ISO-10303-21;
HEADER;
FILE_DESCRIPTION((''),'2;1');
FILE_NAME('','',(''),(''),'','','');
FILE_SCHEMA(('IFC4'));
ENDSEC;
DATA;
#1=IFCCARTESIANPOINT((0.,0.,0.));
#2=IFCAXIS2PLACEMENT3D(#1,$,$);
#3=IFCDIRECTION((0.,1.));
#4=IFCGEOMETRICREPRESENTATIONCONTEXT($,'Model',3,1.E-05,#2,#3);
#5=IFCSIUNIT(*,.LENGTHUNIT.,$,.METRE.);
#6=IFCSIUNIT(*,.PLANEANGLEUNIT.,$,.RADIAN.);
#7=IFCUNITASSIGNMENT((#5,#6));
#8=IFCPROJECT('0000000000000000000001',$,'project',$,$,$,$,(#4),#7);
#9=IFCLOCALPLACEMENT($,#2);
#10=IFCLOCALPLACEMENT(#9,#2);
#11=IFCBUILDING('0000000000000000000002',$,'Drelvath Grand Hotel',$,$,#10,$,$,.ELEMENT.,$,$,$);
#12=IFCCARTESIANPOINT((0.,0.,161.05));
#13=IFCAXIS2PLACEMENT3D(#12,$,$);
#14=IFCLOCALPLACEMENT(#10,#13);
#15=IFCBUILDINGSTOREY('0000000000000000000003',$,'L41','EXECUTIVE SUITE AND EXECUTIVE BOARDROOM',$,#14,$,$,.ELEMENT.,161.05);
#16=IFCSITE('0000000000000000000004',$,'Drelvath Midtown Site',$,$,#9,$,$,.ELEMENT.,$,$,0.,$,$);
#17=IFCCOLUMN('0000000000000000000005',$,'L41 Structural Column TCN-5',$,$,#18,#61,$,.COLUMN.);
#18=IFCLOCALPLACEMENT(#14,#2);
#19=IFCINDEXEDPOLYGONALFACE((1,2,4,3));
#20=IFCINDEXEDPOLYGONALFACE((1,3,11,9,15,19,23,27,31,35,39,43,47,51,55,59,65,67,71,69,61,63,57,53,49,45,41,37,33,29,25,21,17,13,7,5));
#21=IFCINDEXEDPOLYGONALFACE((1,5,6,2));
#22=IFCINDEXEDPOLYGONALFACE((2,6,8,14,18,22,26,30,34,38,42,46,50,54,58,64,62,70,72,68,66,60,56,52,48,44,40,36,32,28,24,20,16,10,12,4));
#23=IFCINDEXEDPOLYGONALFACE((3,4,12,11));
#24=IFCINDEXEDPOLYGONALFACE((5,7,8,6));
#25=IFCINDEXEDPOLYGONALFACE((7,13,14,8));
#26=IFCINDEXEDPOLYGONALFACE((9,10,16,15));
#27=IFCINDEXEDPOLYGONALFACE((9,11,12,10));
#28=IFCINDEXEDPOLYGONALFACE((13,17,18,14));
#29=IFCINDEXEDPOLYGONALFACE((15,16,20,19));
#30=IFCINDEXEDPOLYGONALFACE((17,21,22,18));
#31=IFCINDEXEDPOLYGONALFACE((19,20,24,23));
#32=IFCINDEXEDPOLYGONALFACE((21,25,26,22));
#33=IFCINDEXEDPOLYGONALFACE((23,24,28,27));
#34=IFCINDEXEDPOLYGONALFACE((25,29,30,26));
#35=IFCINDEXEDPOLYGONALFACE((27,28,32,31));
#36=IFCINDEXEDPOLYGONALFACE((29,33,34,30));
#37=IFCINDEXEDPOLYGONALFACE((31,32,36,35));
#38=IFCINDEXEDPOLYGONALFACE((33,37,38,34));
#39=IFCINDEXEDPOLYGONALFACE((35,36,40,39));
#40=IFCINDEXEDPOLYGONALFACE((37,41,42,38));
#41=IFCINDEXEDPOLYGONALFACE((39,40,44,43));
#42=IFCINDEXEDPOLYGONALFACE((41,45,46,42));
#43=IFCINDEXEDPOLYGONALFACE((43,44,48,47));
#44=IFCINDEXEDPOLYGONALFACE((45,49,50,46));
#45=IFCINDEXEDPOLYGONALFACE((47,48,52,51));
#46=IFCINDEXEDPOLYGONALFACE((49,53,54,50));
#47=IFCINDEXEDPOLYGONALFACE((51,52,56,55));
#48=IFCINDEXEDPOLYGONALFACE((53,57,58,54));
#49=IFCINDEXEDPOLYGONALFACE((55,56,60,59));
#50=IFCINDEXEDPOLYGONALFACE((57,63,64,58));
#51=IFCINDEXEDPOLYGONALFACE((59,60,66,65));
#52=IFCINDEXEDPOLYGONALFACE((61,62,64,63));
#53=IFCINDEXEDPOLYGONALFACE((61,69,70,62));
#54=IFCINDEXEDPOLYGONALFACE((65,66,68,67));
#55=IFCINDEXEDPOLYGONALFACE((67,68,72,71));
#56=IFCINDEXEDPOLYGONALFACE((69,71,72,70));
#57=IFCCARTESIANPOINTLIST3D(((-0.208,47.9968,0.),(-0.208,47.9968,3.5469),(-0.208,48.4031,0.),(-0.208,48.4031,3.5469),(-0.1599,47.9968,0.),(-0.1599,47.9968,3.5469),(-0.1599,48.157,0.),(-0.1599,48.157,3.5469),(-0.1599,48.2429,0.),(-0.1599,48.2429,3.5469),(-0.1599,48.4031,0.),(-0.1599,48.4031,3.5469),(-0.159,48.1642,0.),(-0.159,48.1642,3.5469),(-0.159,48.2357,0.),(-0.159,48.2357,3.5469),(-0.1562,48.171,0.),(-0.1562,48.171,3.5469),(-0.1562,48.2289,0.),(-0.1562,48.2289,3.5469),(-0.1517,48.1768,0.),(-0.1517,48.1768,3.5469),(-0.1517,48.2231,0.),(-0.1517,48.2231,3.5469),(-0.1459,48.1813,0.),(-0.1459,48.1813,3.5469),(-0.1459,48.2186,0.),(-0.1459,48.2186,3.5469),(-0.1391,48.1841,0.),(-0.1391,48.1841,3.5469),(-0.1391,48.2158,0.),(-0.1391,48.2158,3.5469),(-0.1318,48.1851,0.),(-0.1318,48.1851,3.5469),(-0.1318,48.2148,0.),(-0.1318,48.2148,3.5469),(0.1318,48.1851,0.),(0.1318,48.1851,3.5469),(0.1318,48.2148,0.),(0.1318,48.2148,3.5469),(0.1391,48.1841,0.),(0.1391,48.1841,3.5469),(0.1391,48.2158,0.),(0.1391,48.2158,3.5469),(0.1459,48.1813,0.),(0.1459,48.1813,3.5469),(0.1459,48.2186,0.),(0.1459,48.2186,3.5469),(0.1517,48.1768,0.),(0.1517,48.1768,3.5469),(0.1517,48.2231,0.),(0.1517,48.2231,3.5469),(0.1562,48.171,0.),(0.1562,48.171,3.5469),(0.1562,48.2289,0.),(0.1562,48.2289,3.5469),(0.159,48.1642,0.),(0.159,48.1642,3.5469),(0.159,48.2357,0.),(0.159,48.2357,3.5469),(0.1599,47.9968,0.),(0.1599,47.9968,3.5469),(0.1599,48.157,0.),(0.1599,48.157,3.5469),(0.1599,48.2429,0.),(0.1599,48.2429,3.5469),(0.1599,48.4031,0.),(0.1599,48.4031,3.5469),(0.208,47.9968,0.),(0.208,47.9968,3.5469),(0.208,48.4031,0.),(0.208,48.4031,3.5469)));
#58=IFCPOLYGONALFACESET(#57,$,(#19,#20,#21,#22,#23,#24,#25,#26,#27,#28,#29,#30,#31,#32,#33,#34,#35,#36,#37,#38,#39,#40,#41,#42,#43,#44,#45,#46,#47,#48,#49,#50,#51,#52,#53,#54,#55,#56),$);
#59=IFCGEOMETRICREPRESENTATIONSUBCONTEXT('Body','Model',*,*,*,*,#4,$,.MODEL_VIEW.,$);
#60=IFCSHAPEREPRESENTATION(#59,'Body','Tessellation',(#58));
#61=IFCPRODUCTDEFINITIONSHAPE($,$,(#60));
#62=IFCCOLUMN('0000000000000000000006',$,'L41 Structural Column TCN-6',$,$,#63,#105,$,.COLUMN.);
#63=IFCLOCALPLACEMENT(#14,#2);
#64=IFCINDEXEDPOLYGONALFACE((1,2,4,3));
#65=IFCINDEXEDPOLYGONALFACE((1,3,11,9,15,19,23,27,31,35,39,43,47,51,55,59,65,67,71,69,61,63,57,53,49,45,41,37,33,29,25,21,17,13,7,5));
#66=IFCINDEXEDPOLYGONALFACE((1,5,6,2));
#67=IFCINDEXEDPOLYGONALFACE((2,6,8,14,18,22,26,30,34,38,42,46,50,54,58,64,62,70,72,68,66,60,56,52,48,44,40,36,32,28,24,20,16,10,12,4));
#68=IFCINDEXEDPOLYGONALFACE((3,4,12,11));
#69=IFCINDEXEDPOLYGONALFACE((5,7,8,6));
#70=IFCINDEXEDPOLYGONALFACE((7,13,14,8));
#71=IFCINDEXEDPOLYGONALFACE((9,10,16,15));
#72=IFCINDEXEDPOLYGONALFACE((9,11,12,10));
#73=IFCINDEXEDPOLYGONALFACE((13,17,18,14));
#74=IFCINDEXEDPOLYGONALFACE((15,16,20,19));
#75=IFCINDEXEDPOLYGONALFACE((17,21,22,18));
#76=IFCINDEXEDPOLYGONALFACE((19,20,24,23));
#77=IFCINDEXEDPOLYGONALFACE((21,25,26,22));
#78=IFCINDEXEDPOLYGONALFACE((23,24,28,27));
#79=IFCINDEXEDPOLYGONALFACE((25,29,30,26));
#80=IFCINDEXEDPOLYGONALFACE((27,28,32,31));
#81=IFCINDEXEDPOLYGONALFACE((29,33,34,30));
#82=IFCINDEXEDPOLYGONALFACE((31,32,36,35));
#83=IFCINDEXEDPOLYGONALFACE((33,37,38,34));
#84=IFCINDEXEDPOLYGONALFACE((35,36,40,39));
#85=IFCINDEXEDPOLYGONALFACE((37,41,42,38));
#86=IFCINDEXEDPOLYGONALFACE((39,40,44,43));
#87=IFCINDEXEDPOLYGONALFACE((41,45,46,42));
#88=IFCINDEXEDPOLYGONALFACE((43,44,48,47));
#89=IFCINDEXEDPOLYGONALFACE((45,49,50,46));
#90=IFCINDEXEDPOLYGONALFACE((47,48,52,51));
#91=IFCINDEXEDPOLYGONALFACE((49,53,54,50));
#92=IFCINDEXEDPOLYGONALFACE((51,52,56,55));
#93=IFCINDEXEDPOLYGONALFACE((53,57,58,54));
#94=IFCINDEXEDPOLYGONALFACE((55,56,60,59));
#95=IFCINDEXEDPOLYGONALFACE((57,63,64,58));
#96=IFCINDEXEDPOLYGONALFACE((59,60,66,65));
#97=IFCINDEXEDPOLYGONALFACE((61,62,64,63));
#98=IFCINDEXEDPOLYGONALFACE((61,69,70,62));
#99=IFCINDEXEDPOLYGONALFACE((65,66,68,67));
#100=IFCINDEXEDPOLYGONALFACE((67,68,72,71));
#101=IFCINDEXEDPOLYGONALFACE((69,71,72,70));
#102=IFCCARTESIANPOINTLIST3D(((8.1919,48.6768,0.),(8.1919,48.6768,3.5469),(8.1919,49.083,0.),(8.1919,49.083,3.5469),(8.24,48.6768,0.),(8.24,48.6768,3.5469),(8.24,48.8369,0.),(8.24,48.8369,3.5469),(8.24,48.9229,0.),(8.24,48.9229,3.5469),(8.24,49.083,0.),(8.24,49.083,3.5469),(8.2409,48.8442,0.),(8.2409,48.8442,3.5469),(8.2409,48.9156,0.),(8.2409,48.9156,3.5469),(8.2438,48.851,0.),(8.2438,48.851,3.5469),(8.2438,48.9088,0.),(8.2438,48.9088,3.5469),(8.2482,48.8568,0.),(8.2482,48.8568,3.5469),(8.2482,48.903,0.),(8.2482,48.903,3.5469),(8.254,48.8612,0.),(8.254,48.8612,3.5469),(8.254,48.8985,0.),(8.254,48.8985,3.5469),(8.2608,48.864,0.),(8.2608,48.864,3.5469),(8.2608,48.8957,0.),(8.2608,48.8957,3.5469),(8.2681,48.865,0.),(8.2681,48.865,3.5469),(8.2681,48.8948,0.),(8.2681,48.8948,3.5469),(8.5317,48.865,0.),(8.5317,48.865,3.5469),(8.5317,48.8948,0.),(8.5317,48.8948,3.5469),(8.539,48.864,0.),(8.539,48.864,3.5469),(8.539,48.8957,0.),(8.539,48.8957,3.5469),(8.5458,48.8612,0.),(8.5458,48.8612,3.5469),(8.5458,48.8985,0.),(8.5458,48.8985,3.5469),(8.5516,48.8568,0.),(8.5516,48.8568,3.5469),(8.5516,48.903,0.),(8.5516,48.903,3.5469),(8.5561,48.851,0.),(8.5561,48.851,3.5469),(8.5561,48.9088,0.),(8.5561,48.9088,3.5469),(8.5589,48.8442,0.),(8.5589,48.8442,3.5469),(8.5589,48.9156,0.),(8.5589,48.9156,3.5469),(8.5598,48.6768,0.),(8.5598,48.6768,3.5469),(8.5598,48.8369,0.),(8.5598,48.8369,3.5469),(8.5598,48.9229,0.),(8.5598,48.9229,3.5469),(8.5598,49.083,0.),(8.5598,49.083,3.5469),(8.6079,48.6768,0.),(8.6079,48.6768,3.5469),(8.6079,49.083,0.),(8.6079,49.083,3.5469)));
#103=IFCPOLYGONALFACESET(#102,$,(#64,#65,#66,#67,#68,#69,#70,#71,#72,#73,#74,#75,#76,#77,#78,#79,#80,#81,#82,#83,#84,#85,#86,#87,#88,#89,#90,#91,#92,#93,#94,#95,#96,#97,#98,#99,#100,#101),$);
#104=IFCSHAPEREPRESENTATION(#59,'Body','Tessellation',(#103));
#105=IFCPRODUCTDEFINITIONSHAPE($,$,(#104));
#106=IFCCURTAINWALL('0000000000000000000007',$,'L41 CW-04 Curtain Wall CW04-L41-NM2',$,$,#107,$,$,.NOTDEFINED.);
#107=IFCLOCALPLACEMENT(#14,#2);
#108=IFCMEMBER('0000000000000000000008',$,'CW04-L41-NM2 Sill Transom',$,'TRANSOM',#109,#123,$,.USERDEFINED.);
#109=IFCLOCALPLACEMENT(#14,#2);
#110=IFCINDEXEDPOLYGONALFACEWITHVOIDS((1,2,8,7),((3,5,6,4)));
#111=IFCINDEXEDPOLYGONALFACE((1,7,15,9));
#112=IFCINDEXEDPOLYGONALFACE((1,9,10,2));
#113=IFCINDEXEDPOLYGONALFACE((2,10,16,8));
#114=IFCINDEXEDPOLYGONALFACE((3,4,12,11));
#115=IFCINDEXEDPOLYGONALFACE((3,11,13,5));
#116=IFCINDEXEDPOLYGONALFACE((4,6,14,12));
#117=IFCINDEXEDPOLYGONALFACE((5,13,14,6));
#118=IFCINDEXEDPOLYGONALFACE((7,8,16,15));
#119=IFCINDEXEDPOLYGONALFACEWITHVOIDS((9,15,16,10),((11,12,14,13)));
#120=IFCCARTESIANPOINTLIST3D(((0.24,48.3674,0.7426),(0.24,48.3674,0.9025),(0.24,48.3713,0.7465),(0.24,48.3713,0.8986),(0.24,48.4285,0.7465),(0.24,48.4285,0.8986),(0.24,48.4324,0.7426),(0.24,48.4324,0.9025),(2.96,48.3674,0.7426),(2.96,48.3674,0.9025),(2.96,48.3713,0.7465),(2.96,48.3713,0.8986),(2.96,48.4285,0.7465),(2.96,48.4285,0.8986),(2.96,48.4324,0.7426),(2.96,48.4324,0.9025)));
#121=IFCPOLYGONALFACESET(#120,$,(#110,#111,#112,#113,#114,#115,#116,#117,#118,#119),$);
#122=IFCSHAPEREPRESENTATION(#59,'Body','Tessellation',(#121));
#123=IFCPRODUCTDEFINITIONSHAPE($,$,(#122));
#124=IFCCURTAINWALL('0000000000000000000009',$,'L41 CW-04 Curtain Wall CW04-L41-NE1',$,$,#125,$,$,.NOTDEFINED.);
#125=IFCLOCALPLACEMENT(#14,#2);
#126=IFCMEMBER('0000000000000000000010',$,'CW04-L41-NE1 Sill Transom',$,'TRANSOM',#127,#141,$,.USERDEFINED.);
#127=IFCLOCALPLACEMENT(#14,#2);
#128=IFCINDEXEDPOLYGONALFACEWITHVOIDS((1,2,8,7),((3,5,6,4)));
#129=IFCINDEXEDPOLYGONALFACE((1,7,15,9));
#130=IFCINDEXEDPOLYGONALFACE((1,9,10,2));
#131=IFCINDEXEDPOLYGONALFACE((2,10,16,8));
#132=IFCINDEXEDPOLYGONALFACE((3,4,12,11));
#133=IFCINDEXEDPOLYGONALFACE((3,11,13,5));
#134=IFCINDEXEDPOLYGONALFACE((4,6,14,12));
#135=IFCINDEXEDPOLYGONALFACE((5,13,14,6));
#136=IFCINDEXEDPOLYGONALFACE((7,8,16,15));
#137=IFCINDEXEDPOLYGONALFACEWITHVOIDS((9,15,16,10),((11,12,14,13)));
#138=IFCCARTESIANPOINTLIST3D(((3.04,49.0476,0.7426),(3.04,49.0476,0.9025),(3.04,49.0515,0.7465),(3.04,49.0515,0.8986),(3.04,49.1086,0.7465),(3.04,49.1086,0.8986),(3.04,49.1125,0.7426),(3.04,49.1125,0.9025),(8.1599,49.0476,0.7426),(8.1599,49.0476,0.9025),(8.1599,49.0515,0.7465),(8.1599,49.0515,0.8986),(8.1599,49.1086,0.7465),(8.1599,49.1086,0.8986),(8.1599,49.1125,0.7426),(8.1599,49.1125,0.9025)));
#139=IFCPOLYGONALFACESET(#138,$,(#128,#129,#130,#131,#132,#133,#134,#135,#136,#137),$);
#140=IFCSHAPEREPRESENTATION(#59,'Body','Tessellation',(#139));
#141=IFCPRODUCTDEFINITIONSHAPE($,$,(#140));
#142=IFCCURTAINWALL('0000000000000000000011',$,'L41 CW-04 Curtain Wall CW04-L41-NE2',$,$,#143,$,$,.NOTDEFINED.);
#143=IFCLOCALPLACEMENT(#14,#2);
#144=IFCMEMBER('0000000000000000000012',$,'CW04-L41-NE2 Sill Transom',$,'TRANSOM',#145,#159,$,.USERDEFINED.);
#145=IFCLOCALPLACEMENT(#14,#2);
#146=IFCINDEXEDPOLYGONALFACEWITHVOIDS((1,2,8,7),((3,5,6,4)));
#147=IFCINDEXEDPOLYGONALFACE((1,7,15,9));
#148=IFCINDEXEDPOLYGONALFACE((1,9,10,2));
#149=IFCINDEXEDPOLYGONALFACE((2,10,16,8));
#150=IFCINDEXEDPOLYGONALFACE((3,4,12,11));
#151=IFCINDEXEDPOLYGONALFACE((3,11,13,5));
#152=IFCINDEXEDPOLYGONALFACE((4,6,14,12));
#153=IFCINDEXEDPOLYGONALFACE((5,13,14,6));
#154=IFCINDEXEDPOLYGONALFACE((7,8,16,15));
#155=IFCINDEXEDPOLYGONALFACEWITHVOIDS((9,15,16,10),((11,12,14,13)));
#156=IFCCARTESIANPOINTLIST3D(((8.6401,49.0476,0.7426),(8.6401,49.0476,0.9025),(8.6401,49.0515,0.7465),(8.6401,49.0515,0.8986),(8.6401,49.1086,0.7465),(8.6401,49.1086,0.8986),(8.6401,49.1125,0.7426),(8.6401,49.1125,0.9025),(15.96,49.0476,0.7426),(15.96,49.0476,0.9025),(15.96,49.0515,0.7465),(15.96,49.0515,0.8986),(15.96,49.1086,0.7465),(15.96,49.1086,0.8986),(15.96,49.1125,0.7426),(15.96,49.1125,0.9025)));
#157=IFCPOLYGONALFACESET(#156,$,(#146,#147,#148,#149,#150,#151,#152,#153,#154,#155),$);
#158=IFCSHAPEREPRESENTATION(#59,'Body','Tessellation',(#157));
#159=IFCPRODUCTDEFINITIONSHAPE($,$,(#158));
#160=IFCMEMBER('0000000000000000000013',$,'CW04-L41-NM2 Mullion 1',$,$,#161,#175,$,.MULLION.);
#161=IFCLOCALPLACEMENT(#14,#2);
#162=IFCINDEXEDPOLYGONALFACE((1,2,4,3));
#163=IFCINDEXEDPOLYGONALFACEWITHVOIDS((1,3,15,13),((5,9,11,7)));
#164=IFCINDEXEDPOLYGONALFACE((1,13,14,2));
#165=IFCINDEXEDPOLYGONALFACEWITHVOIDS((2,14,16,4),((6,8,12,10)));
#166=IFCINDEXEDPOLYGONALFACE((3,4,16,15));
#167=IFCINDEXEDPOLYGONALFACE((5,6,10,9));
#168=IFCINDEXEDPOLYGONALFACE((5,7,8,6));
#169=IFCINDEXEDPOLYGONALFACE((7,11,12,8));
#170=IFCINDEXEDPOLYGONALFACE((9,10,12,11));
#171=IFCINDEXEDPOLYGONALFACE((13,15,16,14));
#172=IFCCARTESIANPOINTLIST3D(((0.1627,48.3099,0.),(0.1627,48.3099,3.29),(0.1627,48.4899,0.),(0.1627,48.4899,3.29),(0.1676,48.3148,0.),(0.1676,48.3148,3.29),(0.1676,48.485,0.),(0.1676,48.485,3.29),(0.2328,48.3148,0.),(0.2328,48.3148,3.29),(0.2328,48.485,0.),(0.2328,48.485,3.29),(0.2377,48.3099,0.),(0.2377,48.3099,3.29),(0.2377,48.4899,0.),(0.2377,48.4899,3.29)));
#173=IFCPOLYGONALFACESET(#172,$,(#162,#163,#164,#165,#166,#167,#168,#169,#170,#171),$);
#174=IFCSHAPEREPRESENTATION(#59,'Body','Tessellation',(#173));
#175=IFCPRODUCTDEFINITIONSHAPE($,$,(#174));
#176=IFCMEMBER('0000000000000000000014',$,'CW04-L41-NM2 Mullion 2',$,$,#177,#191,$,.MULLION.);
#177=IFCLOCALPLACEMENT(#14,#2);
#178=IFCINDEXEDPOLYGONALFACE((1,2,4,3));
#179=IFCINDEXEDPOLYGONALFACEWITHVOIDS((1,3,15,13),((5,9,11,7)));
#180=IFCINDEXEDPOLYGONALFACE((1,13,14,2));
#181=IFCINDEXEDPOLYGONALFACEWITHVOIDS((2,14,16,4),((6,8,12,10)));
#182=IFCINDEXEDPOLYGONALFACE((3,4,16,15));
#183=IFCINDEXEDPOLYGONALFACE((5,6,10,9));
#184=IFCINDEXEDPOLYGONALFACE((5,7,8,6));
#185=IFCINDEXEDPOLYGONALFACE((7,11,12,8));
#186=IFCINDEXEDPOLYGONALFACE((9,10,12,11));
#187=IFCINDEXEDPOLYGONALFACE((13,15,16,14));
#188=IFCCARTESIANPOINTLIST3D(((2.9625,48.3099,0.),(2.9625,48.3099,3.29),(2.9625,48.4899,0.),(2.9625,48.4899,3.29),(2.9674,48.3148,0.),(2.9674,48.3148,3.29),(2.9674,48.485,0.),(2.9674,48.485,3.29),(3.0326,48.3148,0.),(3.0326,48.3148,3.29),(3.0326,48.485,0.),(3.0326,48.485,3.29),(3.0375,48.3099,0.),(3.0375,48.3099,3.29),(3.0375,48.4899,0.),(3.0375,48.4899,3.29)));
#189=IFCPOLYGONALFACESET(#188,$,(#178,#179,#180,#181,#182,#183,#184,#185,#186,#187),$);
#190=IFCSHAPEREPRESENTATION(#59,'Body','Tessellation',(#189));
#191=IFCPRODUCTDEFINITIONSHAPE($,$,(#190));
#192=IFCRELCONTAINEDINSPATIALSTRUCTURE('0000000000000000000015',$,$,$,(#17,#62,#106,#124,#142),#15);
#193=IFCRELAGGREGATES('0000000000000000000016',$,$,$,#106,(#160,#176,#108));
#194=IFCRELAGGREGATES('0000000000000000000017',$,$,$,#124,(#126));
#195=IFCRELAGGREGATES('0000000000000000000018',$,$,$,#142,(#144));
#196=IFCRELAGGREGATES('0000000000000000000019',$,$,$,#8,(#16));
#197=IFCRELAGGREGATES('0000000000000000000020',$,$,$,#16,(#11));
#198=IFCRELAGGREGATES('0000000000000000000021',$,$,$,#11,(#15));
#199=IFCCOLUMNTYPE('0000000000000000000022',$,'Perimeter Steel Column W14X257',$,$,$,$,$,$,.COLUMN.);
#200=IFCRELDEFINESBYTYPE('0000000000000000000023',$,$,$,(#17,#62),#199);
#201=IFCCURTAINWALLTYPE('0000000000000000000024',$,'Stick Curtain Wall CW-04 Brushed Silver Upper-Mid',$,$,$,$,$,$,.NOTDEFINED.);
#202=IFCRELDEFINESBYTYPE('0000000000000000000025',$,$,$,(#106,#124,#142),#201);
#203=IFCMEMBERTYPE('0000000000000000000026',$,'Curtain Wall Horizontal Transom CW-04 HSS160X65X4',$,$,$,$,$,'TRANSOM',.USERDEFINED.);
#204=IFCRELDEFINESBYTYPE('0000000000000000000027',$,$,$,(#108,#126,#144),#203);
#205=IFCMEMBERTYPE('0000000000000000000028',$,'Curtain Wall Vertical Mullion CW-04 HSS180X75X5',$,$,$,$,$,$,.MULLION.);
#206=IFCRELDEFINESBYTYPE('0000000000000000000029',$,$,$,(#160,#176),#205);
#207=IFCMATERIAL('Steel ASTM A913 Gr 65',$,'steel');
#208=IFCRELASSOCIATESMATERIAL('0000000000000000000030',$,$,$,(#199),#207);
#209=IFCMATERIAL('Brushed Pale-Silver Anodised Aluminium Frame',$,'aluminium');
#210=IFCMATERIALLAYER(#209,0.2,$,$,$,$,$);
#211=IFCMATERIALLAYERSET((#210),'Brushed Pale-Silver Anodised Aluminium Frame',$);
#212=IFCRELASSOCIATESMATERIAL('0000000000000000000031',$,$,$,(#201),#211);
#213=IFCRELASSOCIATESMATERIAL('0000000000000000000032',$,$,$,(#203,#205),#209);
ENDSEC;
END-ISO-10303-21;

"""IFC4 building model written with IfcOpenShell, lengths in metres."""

from ifc_helpers import new_model, si_unit, direction, frame, origin, origin_2d, place, context, subcontext, project, spatial, hollow_rectangle, i_section, extrude, material, layer, layer_set, material_profile, profile_set, type_object, element, aggregate, save


model = new_model("IFC4")

# Units and contexts
model_context = context("Model", 3, precision=1e-05, world=origin(), true_north=direction((0.0, 1.0)))
body_context = subcontext(model_context, "Body", "Model", "MODEL_VIEW")
ifc_project = project(units=[si_unit("LENGTHUNIT", "METRE"), si_unit("PLANEANGLEUNIT", "RADIAN")], contexts=[model_context])

# Site, building, storey
site_placement = place(None, origin())
site = spatial("IfcSite", under=ifc_project, at=site_placement, Name="Drelvath Midtown Site", CompositionType="ELEMENT", RefElevation=0.0)
building_placement = place(site_placement, origin())
building = spatial("IfcBuilding", under=site, at=building_placement, Name="Drelvath Grand Hotel", CompositionType="ELEMENT")
storey_placement = place(building_placement, frame((0.0, 0.0, 161.05)))
storey = spatial("IfcBuildingStorey", under=building, at=storey_placement, Name="L41", Description="EXECUTIVE SUITE AND EXECUTIVE BOARDROOM", CompositionType="ELEMENT", Elevation=161.05)

# Columns
ifc_material_1 = material(Name="Steel ASTM A913 Gr 65", Category="steel")
ifc_material_profile_1 = material_profile(ifc_material_1, i_section(OverallWidth=0.4062, OverallDepth=0.416, WebThickness=0.0298, FlangeThickness=0.0481, FilletRadius=0.0281, at=origin_2d()), Name="W14X257")
ifc_profile_set_1 = profile_set([ifc_material_profile_1], Name="Steel ASTM A913 Gr 65")
column_type = type_object("IfcColumnType", Name="Perimeter Steel Column W14X257", PredefinedType="COLUMN", material=ifc_profile_set_1)
for number, where, z_axis, x_axis, name in (
    (1, (0.0, 48.2, 0.0), (0.0, 0.0, 1.0), (0.0, 1.0, 0.0), "L41 Structural Column TCN-5"),
    (2, (8.3999, 48.8799, 0.0), (0.0, 0.0, 1.0), (0.0, 1.0, 0.0), "L41 Structural Column TCN-6"),
):
    element("IfcColumn", number, at=place(storey_placement, frame(where, z_axis=z_axis, x_axis=x_axis)), inside=storey, type_object=column_type, Name=name, PredefinedType="COLUMN", context=body_context, shape_type="SweptSolid", body=[
        extrude(i_section(OverallWidth=0.4062, OverallDepth=0.416, WebThickness=0.0298, FlangeThickness=0.0481, FilletRadius=0.0281, at=origin_2d()), origin(), (0.0, 0.0, 1.0), 3.5469),
    ])

# Curtain walls, members
ifc_material_2 = material(Name="Brushed Pale-Silver Anodised Aluminium Frame", Category="aluminium")
ifc_layer_1 = layer(ifc_material_2, 0.2)
ifc_layer_set_1 = layer_set([ifc_layer_1], Name="Brushed Pale-Silver Anodised Aluminium Frame")
curtain_wall_type = type_object("IfcCurtainWallType", Name="Stick Curtain Wall CW-04 Brushed Silver Upper-Mid", PredefinedType="NOTDEFINED", material=ifc_layer_set_1)
curtain_wall_1_placement = place(storey_placement, origin())
curtain_wall_1 = element("IfcCurtainWall", 3, at=curtain_wall_1_placement, inside=storey, type_object=curtain_wall_type, Name="L41 CW-04 Curtain Wall CW04-L41-NM2", PredefinedType="NOTDEFINED")
ifc_material_profile_2 = material_profile(ifc_material_2, hollow_rectangle(XDim=0.0649, YDim=0.1599, WallThickness=0.0039, at=origin_2d()), Name="HSS160X65X4")
ifc_profile_set_2 = profile_set([ifc_material_profile_2], Name="Brushed Pale-Silver Anodised Aluminium Frame")
member_type_1 = type_object("IfcMemberType", Name="Curtain Wall Horizontal Transom CW-04 HSS160X65X4", ElementType="TRANSOM", PredefinedType="USERDEFINED", material=ifc_profile_set_2)
member_1_placement = place(storey_placement, frame((0.24, 48.3999, 0.8225), z_axis=(1.0, 0.0, 0.0), x_axis=(0.0, 1.0, 0.0)))
member_1 = element("IfcMember", 4, at=member_1_placement, type_object=member_type_1, Name="CW04-L41-NM2 Sill Transom", ObjectType="TRANSOM", PredefinedType="USERDEFINED", context=body_context, shape_type="SweptSolid", body=[
    extrude(hollow_rectangle(XDim=0.0649, YDim=0.1599, WallThickness=0.0039, at=origin_2d()), origin(), (0.0, 0.0, 1.0), 2.72),
])
curtain_wall_2_placement = place(storey_placement, origin())
curtain_wall_2 = element("IfcCurtainWall", 5, at=curtain_wall_2_placement, inside=storey, type_object=curtain_wall_type, Name="L41 CW-04 Curtain Wall CW04-L41-NE1", PredefinedType="NOTDEFINED")
member_2_placement = place(storey_placement, frame((3.04, 49.0801, 0.8225), z_axis=(1.0, 0.0, 0.0), x_axis=(0.0, 1.0, 0.0)))
member_2 = element("IfcMember", 6, at=member_2_placement, type_object=member_type_1, Name="CW04-L41-NE1 Sill Transom", ObjectType="TRANSOM", PredefinedType="USERDEFINED", context=body_context, shape_type="SweptSolid", body=[
    extrude(hollow_rectangle(XDim=0.0649, YDim=0.1599, WallThickness=0.0039, at=origin_2d()), origin(), (0.0, 0.0, 1.0), 5.1199),
])
curtain_wall_3_placement = place(storey_placement, origin())
curtain_wall_3 = element("IfcCurtainWall", 7, at=curtain_wall_3_placement, inside=storey, type_object=curtain_wall_type, Name="L41 CW-04 Curtain Wall CW04-L41-NE2", PredefinedType="NOTDEFINED")
member_3_placement = place(storey_placement, frame((8.6401, 49.0801, 0.8225), z_axis=(1.0, 0.0, 0.0), x_axis=(0.0, 1.0, 0.0)))
member_3 = element("IfcMember", 8, at=member_3_placement, type_object=member_type_1, Name="CW04-L41-NE2 Sill Transom", ObjectType="TRANSOM", PredefinedType="USERDEFINED", context=body_context, shape_type="SweptSolid", body=[
    extrude(hollow_rectangle(XDim=0.0649, YDim=0.1599, WallThickness=0.0039, at=origin_2d()), origin(), (0.0, 0.0, 1.0), 7.3198),
])

# Members
ifc_material_profile_3 = material_profile(ifc_material_2, hollow_rectangle(XDim=0.075, YDim=0.1799, WallThickness=0.0049, at=origin_2d()), Name="HSS180X75X5")
ifc_profile_set_3 = profile_set([ifc_material_profile_3], Name="Brushed Pale-Silver Anodised Aluminium Frame")
member_type_2 = type_object("IfcMemberType", Name="Curtain Wall Vertical Mullion CW-04 HSS180X75X5", PredefinedType="MULLION", material=ifc_profile_set_3)
member_4_placement = place(storey_placement, frame((0.2002, 48.3999, 0.0), z_axis=(0.0, 0.0, 1.0), x_axis=(1.0, 0.0, 0.0)))
member_4 = element("IfcMember", 9, at=member_4_placement, type_object=member_type_2, Name="CW04-L41-NM2 Mullion 1", PredefinedType="MULLION", context=body_context, shape_type="SweptSolid", body=[
    extrude(hollow_rectangle(XDim=0.075, YDim=0.1799, WallThickness=0.0049, at=origin_2d()), origin(), (0.0, 0.0, 1.0), 3.29),
])
member_5_placement = place(storey_placement, frame((3.0, 48.3999, 0.0), z_axis=(0.0, 0.0, 1.0), x_axis=(1.0, 0.0, 0.0)))
member_5 = element("IfcMember", 10, at=member_5_placement, type_object=member_type_2, Name="CW04-L41-NM2 Mullion 2", PredefinedType="MULLION", context=body_context, shape_type="SweptSolid", body=[
    extrude(hollow_rectangle(XDim=0.075, YDim=0.1799, WallThickness=0.0049, at=origin_2d()), origin(), (0.0, 0.0, 1.0), 3.29),
])

aggregate(curtain_wall_1, [member_4, member_5, member_1])
aggregate(curtain_wall_2, [member_2])
aggregate(curtain_wall_3, [member_3])

save(model, "model.ifc")
